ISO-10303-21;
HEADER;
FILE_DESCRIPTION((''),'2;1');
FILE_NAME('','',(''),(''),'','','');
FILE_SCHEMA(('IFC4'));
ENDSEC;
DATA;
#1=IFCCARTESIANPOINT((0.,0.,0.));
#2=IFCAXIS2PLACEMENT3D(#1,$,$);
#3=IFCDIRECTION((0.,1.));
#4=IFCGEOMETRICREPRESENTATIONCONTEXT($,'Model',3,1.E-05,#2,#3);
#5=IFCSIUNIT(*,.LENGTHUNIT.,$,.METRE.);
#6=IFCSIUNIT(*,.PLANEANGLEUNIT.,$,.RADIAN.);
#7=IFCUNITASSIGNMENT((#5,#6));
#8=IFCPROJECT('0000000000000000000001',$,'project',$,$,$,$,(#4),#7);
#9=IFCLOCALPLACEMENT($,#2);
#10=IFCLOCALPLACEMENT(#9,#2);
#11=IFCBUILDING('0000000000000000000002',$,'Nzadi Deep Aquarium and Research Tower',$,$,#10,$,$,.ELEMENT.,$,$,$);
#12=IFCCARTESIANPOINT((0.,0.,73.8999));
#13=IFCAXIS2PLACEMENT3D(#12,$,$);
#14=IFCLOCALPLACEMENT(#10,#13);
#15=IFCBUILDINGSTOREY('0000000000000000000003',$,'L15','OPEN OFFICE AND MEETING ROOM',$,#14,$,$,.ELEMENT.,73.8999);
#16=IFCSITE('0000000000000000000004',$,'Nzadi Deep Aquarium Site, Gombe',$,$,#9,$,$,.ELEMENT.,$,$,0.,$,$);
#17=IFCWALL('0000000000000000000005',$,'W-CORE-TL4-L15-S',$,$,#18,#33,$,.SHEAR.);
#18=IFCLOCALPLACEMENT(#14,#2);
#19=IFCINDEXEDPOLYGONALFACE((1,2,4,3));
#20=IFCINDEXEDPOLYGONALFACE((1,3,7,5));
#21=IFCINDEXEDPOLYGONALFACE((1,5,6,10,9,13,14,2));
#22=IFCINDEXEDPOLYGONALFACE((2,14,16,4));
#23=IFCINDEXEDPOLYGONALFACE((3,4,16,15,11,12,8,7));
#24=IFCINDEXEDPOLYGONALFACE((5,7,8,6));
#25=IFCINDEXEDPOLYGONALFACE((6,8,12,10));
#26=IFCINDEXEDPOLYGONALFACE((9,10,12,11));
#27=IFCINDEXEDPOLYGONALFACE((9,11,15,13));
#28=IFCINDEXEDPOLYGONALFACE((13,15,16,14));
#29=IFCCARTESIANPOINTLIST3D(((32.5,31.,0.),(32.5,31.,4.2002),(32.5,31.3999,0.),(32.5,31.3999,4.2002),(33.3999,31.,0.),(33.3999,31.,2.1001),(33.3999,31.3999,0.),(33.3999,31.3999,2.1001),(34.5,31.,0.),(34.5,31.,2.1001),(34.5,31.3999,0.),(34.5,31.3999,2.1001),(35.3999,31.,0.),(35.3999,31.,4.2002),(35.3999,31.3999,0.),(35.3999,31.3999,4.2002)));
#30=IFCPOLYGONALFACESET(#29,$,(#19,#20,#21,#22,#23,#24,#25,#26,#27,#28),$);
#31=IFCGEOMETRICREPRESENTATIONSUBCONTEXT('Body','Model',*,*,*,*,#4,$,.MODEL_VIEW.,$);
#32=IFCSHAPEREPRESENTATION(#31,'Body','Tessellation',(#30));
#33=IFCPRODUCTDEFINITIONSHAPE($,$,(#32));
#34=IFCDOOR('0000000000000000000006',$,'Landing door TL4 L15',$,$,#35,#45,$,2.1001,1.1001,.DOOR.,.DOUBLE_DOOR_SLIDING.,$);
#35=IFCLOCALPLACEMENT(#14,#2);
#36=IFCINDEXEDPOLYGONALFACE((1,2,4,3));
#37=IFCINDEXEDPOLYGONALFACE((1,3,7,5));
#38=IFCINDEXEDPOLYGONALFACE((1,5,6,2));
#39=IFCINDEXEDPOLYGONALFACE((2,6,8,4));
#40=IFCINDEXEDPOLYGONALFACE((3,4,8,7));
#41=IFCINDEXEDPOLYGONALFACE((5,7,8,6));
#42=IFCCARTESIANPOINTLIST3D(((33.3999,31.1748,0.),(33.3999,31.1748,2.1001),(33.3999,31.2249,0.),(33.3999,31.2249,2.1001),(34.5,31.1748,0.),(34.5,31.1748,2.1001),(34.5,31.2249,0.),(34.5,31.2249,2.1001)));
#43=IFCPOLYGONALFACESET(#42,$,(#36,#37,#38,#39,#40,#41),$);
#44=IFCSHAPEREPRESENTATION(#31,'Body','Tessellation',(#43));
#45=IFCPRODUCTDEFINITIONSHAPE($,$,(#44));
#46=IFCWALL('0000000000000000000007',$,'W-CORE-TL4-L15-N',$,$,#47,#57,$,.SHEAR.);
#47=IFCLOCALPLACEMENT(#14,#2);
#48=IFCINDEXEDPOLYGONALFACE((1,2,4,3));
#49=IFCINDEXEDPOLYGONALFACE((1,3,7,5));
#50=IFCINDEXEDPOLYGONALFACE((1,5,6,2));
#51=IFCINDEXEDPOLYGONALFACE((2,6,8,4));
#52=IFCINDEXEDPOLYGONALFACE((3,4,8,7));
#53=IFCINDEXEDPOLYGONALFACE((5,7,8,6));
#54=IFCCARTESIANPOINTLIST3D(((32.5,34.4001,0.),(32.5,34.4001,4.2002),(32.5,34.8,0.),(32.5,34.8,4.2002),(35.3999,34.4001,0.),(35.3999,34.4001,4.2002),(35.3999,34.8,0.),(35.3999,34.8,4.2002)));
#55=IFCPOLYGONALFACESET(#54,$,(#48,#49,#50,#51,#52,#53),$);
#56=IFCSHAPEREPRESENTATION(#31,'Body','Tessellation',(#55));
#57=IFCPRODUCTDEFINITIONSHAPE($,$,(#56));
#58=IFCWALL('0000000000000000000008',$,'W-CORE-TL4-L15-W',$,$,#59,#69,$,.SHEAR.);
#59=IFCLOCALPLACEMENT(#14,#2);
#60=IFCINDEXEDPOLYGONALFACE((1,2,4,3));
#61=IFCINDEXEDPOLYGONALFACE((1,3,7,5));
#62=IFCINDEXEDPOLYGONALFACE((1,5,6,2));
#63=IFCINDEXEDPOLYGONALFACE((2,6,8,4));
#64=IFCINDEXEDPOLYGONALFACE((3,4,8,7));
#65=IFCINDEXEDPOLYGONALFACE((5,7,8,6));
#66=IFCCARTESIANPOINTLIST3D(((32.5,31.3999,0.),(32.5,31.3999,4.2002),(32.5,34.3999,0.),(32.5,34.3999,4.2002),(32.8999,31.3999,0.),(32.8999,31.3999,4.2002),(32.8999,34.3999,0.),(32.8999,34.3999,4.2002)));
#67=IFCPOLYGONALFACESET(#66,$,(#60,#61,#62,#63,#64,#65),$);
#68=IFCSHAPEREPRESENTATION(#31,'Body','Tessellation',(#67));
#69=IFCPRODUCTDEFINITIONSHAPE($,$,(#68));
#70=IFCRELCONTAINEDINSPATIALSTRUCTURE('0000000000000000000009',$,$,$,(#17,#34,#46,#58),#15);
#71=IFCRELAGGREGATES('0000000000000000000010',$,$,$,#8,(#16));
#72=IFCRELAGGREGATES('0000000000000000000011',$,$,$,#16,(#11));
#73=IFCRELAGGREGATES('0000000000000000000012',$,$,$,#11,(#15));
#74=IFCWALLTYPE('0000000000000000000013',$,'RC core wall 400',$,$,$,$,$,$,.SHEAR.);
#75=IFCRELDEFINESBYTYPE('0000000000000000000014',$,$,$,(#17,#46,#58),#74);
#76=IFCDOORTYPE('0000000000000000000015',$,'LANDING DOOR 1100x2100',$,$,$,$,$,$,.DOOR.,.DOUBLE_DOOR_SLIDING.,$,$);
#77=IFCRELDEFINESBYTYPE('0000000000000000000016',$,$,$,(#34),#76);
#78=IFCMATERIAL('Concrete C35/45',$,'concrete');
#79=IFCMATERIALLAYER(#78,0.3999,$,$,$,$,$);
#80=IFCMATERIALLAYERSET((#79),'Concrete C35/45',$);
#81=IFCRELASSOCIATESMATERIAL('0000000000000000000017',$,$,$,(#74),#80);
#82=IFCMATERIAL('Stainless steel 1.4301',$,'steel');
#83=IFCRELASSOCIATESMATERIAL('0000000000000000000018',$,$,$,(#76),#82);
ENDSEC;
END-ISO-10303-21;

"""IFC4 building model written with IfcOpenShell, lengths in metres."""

from ifc_helpers import new_model, si_unit, direction, frame, frame_2d, origin, place, context, subcontext, project, spatial, rectangle, extrude, material, layer, layer_set, type_object, element, fill, save


model = new_model("IFC4")

# Units and contexts
model_context = context("Model", 3, precision=1e-05, world=origin(), true_north=direction((0.0, 1.0)))
body_context = subcontext(model_context, "Body", "Model", "MODEL_VIEW")
ifc_project = project(units=[si_unit("LENGTHUNIT", "METRE"), si_unit("PLANEANGLEUNIT", "RADIAN")], contexts=[model_context])

# Site, building, storey
site_placement = place(None, origin())
site = spatial("IfcSite", under=ifc_project, at=site_placement, Name="Nzadi Deep Aquarium Site, Gombe", CompositionType="ELEMENT", RefElevation=0.0)
building_placement = place(site_placement, origin())
building = spatial("IfcBuilding", under=site, at=building_placement, Name="Nzadi Deep Aquarium and Research Tower", CompositionType="ELEMENT")
storey_placement = place(building_placement, frame((0.0, 0.0, 73.8999)))
storey = spatial("IfcBuildingStorey", under=building, at=storey_placement, Name="L15", Description="OPEN OFFICE AND MEETING ROOM", CompositionType="ELEMENT", Elevation=73.8999)

# Shared definitions
ifc_material_1 = material(Name="Concrete C35/45", Category="concrete")
ifc_layer_1 = layer(ifc_material_1, 0.3999)
ifc_layer_set_1 = layer_set([ifc_layer_1], Name="Concrete C35/45")
wall_type_1 = type_object("IfcWallType", Name="RC core wall 400", PredefinedType="SHEAR", material=ifc_layer_set_1)
ifc_material_2 = material(Name="Stainless steel 1.4301", Category="steel")
door_type_1 = type_object("IfcDoorType", Name="LANDING DOOR 1100x2100", OperationType="DOUBLE_DOOR_SLIDING", PredefinedType="DOOR", material=ifc_material_2)

# Wall, opening, door
wall_1_placement = place(storey_placement, frame((32.5, 31.2, 0.0), z_axis=(0.0, 0.0, 1.0), x_axis=(1.0, 0.0, 0.0)))
wall_1 = element("IfcWall", 1, at=wall_1_placement, inside=storey, type_object=wall_type_1, Name="W-CORE-TL4-L15-S", PredefinedType="SHEAR", context=body_context, shape_type="SweptSolid", body=[
    extrude(rectangle(XDim=2.8999, YDim=0.3999, at=frame_2d((1.45, 0.0))), origin(), (0.0, 0.0, 1.0), 4.2002),
])
opening_1_placement = place(wall_1_placement, frame((0.8999, 0.0, 0.0)))
opening_1 = element("IfcOpeningElement", 2, at=opening_1_placement, cuts=wall_1, PredefinedType="OPENING", context=body_context, shape_type="SweptSolid", body=[
    extrude(rectangle(XDim=1.1001, YDim=2.1001, at=frame_2d((0.55, 1.05))), frame((0.0, 0.21, 0.0), z_axis=(0.0, -1.0, 0.0), x_axis=(1.0, 0.0, 0.0)), (0.0, 0.0, 1.0), 0.4199),
])
door_1_placement = place(opening_1_placement, origin())
door_1 = element("IfcDoor", 3, at=door_1_placement, inside=storey, type_object=door_type_1, Name="Landing door TL4 L15", OperationType="DOUBLE_DOOR_SLIDING", OverallHeight=2.1001, OverallWidth=1.1001, PredefinedType="DOOR", context=body_context, shape_type="SweptSolid", body=[
    extrude(rectangle(XDim=1.1001, YDim=2.1001, at=frame_2d((0.55, 1.05))), frame((0.0, 0.0249, 0.0), z_axis=(0.0, -1.0, 0.0), x_axis=(1.0, 0.0, 0.0)), (0.0, 0.0, 1.0), 0.05),
])
fill(opening_1, door_1)

# Walls
wall_2_placement = place(storey_placement, frame((32.5, 34.6001, 0.0), z_axis=(0.0, 0.0, 1.0), x_axis=(1.0, 0.0, 0.0)))
element("IfcWall", 4, at=wall_2_placement, inside=storey, type_object=wall_type_1, Name="W-CORE-TL4-L15-N", PredefinedType="SHEAR", context=body_context, shape_type="SweptSolid", body=[
    extrude(rectangle(XDim=2.8999, YDim=0.3999, at=frame_2d((1.45, 0.0))), origin(), (0.0, 0.0, 1.0), 4.2002),
])
wall_3_placement = place(storey_placement, frame((32.7, 31.3999, 0.0), z_axis=(0.0, 0.0, 1.0), x_axis=(0.0, 1.0, 0.0)))
element("IfcWall", 5, at=wall_3_placement, inside=storey, type_object=wall_type_1, Name="W-CORE-TL4-L15-W", PredefinedType="SHEAR", context=body_context, shape_type="SweptSolid", body=[
    extrude(rectangle(XDim=3.0, YDim=0.3999, at=frame_2d((1.5, 0.0))), origin(), (0.0, 0.0, 1.0), 4.2002),
])

save(model, "model.ifc")
